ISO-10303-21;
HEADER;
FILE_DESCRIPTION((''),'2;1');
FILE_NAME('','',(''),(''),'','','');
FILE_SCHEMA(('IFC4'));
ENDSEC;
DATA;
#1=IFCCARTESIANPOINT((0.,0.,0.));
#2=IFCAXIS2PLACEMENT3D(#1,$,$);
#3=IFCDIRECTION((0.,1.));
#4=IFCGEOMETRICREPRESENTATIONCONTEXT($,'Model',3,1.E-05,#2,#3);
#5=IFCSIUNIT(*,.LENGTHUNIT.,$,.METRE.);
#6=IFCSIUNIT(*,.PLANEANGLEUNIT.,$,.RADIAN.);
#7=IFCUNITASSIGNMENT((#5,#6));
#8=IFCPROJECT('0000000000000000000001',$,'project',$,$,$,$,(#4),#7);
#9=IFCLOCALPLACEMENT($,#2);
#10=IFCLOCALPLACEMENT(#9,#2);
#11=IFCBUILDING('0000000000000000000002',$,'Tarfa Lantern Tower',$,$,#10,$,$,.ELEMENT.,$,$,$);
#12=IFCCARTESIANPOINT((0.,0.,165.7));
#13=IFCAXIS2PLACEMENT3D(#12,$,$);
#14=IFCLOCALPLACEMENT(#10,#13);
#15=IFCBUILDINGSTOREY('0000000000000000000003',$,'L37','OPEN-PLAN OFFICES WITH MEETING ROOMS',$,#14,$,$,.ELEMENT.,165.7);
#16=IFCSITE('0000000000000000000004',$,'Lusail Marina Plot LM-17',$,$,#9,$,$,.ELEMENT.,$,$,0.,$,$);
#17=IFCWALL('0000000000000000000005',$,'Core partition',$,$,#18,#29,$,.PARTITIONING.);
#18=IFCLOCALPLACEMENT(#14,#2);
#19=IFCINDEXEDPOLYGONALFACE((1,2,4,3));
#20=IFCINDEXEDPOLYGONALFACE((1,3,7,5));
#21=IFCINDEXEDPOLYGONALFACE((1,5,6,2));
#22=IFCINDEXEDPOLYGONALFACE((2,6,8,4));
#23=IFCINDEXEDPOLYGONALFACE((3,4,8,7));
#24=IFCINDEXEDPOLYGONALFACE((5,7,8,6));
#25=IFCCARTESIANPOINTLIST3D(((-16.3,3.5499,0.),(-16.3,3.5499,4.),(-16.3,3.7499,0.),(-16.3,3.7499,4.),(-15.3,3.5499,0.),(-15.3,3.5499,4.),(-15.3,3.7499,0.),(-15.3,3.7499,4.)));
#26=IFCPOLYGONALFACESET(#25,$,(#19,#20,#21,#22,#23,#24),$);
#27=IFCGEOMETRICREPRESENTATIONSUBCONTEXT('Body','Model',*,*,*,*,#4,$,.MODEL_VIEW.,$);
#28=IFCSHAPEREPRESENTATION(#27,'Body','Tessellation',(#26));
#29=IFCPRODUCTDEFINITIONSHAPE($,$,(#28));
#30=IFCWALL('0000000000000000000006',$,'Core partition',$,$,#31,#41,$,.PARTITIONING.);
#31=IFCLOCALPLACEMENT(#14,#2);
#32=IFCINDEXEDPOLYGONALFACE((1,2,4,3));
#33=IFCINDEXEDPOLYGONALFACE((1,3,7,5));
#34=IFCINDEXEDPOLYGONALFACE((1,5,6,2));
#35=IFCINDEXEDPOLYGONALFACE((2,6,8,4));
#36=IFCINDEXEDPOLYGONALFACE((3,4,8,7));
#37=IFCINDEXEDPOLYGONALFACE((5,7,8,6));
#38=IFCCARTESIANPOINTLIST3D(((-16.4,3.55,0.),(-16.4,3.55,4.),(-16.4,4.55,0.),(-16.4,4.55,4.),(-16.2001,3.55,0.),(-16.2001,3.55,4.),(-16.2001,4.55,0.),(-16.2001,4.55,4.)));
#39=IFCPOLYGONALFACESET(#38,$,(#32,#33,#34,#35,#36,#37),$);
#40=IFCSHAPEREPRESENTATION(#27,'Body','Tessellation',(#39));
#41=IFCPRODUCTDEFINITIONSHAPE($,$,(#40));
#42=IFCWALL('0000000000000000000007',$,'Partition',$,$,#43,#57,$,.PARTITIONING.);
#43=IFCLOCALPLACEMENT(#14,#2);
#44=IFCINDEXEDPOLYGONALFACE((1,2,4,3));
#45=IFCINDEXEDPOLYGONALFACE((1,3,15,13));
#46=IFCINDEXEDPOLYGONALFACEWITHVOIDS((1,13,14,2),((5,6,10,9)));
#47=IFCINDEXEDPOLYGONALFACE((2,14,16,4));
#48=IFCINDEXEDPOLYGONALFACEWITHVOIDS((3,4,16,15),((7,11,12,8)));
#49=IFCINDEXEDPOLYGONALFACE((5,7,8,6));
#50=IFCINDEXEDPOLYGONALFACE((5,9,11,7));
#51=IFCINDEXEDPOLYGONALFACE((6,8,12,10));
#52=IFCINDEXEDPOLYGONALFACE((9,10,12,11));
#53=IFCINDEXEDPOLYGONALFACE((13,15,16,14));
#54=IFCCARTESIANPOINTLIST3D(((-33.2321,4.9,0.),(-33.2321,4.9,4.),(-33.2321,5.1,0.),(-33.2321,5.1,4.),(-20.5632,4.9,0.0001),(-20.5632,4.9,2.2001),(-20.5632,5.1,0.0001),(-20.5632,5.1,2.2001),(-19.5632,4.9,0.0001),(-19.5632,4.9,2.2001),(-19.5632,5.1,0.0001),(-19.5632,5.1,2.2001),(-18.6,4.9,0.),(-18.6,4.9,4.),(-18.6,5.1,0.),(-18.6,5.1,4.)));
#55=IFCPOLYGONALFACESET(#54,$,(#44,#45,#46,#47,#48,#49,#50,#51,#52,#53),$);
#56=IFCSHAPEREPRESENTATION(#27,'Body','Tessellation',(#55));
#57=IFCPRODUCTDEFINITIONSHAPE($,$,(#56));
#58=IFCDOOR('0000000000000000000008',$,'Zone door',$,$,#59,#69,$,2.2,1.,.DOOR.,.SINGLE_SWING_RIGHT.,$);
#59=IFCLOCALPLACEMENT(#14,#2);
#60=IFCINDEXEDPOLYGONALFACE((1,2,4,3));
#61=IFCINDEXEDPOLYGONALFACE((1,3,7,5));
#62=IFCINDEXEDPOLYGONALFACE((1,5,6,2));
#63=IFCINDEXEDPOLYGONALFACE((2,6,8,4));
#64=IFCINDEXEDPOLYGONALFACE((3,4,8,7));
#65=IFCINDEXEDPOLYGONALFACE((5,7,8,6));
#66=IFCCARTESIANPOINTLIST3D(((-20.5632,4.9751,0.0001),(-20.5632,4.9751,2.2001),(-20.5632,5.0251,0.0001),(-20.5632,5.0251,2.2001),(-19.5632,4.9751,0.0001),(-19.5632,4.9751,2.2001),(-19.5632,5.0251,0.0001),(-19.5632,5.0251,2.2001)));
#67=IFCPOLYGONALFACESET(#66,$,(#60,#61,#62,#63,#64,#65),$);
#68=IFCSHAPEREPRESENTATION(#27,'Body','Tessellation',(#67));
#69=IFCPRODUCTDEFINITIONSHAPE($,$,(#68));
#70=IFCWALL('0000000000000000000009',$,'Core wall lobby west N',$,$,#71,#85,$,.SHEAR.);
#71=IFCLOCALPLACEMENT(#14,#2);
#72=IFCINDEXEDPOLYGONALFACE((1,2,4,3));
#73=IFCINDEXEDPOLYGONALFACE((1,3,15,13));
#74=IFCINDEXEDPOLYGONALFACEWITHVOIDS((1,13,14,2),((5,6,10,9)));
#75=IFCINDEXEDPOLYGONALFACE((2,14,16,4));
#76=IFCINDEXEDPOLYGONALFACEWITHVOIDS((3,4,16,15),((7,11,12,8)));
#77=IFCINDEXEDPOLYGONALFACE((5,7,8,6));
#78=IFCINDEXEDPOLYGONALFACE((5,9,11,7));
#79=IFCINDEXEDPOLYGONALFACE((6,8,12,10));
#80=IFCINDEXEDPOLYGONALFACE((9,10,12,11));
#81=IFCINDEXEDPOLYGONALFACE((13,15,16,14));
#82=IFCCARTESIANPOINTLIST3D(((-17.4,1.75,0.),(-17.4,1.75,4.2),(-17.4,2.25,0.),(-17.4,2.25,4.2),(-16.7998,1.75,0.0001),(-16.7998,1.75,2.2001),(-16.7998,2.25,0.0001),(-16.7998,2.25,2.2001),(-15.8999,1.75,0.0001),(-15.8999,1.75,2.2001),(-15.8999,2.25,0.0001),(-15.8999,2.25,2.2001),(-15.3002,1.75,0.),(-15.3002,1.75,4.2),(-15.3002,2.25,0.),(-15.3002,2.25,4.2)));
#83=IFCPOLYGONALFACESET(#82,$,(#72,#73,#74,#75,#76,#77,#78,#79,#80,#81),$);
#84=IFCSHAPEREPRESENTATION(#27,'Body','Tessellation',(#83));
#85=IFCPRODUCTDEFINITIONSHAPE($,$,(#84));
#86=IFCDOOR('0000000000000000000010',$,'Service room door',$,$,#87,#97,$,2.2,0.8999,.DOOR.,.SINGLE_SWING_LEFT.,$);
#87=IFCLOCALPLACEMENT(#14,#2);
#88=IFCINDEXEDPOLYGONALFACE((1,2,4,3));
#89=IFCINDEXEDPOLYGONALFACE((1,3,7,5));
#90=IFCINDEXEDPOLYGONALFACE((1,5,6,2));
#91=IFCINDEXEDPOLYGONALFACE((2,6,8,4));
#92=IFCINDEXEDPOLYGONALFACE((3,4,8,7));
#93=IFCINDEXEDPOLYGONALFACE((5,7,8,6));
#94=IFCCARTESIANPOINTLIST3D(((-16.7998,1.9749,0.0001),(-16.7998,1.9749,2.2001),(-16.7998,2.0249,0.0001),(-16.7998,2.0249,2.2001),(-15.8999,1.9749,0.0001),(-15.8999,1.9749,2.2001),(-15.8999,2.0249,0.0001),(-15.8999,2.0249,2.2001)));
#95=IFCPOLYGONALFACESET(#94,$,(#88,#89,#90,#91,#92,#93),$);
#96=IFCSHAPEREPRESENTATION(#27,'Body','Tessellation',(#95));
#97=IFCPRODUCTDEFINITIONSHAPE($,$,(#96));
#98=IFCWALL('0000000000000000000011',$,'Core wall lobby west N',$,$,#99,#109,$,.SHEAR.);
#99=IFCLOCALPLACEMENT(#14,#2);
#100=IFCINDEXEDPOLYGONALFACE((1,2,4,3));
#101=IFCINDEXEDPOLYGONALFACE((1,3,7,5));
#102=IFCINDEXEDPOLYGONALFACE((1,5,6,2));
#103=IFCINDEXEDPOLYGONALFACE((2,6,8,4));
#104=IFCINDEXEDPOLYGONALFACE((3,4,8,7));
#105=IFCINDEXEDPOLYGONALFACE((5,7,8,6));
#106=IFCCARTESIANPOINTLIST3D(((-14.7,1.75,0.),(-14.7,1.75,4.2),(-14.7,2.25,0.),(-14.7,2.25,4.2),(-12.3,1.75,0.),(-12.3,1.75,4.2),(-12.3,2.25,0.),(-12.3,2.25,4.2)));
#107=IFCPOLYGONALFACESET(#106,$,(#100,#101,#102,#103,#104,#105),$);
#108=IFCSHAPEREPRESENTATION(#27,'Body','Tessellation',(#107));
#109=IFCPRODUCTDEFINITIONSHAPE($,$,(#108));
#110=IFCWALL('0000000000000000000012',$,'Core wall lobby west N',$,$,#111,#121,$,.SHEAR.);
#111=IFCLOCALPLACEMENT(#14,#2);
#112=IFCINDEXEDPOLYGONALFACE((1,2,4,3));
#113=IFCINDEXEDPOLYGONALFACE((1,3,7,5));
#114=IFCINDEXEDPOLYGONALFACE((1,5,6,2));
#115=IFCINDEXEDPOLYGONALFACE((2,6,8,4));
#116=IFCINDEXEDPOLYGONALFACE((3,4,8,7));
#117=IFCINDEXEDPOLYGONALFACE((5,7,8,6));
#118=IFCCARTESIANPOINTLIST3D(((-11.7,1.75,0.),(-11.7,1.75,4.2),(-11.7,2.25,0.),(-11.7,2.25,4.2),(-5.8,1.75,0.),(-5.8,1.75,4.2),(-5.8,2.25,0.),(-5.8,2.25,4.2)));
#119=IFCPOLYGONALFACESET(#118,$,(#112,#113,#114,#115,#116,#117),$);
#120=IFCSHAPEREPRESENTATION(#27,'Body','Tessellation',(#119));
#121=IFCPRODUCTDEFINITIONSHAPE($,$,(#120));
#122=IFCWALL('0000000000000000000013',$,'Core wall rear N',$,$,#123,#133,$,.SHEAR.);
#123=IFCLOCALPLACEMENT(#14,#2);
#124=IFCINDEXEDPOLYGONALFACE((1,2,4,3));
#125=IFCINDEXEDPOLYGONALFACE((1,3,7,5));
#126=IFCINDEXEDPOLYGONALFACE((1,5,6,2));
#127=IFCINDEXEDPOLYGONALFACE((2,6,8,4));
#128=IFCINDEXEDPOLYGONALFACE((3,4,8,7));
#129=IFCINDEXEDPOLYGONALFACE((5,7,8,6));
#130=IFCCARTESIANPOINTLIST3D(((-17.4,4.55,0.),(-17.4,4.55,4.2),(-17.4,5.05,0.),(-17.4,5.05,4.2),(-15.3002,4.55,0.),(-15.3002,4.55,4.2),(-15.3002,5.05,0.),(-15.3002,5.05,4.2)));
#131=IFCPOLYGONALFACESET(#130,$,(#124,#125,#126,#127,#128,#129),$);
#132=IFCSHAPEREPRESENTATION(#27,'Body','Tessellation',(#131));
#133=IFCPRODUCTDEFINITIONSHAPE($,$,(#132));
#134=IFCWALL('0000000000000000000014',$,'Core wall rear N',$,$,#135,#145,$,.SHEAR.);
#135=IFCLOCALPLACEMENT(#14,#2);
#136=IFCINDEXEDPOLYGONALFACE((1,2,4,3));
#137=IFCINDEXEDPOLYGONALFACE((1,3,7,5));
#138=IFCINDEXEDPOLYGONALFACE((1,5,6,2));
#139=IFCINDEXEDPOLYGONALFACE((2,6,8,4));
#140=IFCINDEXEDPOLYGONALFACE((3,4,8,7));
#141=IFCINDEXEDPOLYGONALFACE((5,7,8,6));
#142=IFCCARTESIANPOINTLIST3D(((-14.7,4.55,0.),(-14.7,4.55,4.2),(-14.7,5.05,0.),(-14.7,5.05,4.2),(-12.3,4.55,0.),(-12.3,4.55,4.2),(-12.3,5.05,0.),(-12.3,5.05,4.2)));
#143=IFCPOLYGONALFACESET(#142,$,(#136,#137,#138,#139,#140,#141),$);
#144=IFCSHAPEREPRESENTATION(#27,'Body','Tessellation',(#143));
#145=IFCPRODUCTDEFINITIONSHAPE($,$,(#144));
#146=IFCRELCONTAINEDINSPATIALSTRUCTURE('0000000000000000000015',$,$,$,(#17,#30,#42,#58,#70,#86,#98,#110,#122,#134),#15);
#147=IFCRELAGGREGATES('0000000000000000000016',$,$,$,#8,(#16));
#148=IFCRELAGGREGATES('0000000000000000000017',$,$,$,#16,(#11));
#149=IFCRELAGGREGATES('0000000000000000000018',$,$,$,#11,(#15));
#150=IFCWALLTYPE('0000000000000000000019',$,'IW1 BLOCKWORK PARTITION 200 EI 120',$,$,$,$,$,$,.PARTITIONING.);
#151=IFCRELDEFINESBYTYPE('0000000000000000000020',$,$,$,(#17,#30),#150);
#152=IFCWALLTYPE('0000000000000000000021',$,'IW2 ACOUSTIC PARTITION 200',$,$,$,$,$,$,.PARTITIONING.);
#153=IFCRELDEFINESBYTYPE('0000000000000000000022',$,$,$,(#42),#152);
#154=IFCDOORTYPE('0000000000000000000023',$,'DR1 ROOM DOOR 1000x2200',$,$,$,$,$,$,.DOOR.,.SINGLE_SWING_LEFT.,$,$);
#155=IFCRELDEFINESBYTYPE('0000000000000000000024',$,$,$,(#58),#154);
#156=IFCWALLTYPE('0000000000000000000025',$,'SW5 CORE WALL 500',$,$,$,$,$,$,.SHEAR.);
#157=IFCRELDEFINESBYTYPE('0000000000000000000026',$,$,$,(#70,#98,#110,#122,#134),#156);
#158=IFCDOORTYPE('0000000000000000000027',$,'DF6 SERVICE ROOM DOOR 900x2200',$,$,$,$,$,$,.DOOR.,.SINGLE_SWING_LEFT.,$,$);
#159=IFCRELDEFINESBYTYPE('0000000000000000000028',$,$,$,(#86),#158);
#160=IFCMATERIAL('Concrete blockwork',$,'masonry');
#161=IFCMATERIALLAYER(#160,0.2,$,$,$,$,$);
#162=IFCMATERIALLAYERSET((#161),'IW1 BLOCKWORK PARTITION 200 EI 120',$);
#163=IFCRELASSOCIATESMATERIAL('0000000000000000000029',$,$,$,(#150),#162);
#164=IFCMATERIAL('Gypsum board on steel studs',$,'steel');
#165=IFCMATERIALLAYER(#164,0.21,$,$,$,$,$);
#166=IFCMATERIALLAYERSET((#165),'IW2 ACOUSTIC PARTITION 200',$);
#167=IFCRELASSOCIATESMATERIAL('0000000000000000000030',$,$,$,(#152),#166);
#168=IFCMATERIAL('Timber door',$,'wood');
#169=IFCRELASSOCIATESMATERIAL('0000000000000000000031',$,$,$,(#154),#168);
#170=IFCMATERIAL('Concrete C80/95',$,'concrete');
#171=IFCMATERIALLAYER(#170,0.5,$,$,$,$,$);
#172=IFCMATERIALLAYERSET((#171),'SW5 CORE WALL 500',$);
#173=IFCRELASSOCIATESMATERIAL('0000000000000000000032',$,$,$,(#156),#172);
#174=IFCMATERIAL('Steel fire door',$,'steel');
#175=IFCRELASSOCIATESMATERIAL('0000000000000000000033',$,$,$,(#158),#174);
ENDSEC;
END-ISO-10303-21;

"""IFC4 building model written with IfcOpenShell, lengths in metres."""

from ifc_helpers import new_model, si_unit, direction, frame, frame_2d, origin, place, context, subcontext, project, spatial, rectangle, extrude, material, layer, layer_set, type_object, element, fill, save


model = new_model("IFC4")

# Units and contexts
model_context = context("Model", 3, precision=1e-05, world=origin(), true_north=direction((0.0, 1.0)))
body_context = subcontext(model_context, "Body", "Model", "MODEL_VIEW")
ifc_project = project(units=[si_unit("LENGTHUNIT", "METRE"), si_unit("PLANEANGLEUNIT", "RADIAN")], contexts=[model_context])

# Site, building, storey
site_placement = place(None, origin())
site = spatial("IfcSite", under=ifc_project, at=site_placement, Name="Lusail Marina Plot LM-17", CompositionType="ELEMENT", RefElevation=0.0)
building_placement = place(site_placement, origin())
building = spatial("IfcBuilding", under=site, at=building_placement, Name="Tarfa Lantern Tower", CompositionType="ELEMENT")
storey_placement = place(building_placement, frame((0.0, 0.0, 165.7)))
storey = spatial("IfcBuildingStorey", under=building, at=storey_placement, Name="L37", Description="OPEN-PLAN OFFICES WITH MEETING ROOMS", CompositionType="ELEMENT", Elevation=165.7)

# Walls
ifc_material_1 = material(Name="Concrete blockwork", Category="masonry")
ifc_layer_1 = layer(ifc_material_1, 0.2)
ifc_layer_set_1 = layer_set([ifc_layer_1], Name="IW1 BLOCKWORK PARTITION 200 EI 120")
wall_type_1 = type_object("IfcWallType", Name="IW1 BLOCKWORK PARTITION 200 EI 120", PredefinedType="PARTITIONING", material=ifc_layer_set_1)
for number, where, z_axis, x_axis, name in (
    (1, (-16.3, 3.6499, 0.0), (0.0, 0.0, 1.0), (1.0, 0.0, 0.0), "Core partition"),
    (2, (-16.3, 3.55, 0.0), (0.0, 0.0, 1.0), (0.0, 1.0, 0.0), "Core partition"),
):
    element("IfcWall", number, at=place(storey_placement, frame(where, z_axis=z_axis, x_axis=x_axis)), inside=storey, type_object=wall_type_1, Name=name, PredefinedType="PARTITIONING", context=body_context, shape_type="SweptSolid", body=[
        extrude(rectangle(XDim=1.0, YDim=0.2, at=frame_2d((0.5, 0.0))), origin(), (0.0, 0.0, 1.0), 4.0),
    ])

# Walls, openings, doors
ifc_material_2 = material(Name="Gypsum board on steel studs", Category="steel")
ifc_layer_2 = layer(ifc_material_2, 0.21)
ifc_layer_set_2 = layer_set([ifc_layer_2], Name="IW2 ACOUSTIC PARTITION 200")
wall_type_2 = type_object("IfcWallType", Name="IW2 ACOUSTIC PARTITION 200", PredefinedType="PARTITIONING", material=ifc_layer_set_2)
wall_1_placement = place(storey_placement, frame((-18.6001, 5.0, 0.0), z_axis=(0.0, 0.0, 1.0), x_axis=(-1.0, 0.0, 0.0)))
wall_1 = element("IfcWall", 3, at=wall_1_placement, inside=storey, type_object=wall_type_2, Name="Partition", PredefinedType="PARTITIONING", context=body_context, shape_type="SweptSolid", body=[
    extrude(rectangle(XDim=14.6321, YDim=0.2, at=frame_2d((7.3159, 0.0))), origin(), (0.0, 0.0, 1.0), 4.0),
])
opening_1_placement = place(wall_1_placement, frame((0.9631, 0.0, 0.0)))
opening_1 = element("IfcOpeningElement", 4, at=opening_1_placement, cuts=wall_1, PredefinedType="OPENING", context=body_context, shape_type="SweptSolid", body=[
    extrude(rectangle(XDim=1.0, YDim=2.2, at=frame_2d((0.5, 1.1001))), frame((0.0, 0.1099, 0.0), z_axis=(0.0, -1.0, 0.0), x_axis=(1.0, 0.0, 0.0)), (0.0, 0.0, 1.0), 0.22),
])
ifc_material_3 = material(Name="Timber door", Category="wood")
door_type_1 = type_object("IfcDoorType", Name="DR1 ROOM DOOR 1000x2200", OperationType="SINGLE_SWING_LEFT", PredefinedType="DOOR", material=ifc_material_3)
door_1_placement = place(opening_1_placement, origin())
door_1 = element("IfcDoor", 5, at=door_1_placement, inside=storey, type_object=door_type_1, Name="Zone door", OperationType="SINGLE_SWING_RIGHT", OverallHeight=2.2, OverallWidth=1.0, PredefinedType="DOOR", context=body_context, shape_type="SweptSolid", body=[
    extrude(rectangle(XDim=1.0, YDim=2.2, at=frame_2d((0.5, 1.1001))), frame((0.0, 0.0249, 0.0), z_axis=(0.0, -1.0, 0.0), x_axis=(1.0, 0.0, 0.0)), (0.0, 0.0, 1.0), 0.05),
])
fill(opening_1, door_1)
ifc_material_4 = material(Name="Concrete C80/95", Category="concrete")
ifc_material_5 = material(Name="Steel fire door", Category="steel")
ifc_layer_3 = layer(ifc_material_4, 0.5)
ifc_layer_set_3 = layer_set([ifc_layer_3], Name="SW5 CORE WALL 500")
wall_type_3 = type_object("IfcWallType", Name="SW5 CORE WALL 500", PredefinedType="SHEAR", material=ifc_layer_set_3)
wall_2_placement = place(storey_placement, frame((-17.3999, 2.0, 0.0), z_axis=(0.0, 0.0, 1.0), x_axis=(1.0, 0.0, 0.0)))
wall_2 = element("IfcWall", 6, at=wall_2_placement, inside=storey, type_object=wall_type_3, Name="Core wall lobby west N", PredefinedType="SHEAR", context=body_context, shape_type="SweptSolid", body=[
    extrude(rectangle(XDim=2.0999, YDim=0.5, at=frame_2d((1.0498, 0.0))), origin(), (0.0, 0.0, 1.0), 4.2),
])
opening_2_placement = place(wall_2_placement, frame((0.6001, 0.0, 0.0)))
opening_2 = element("IfcOpeningElement", 7, at=opening_2_placement, cuts=wall_2, PredefinedType="OPENING", context=body_context, shape_type="SweptSolid", body=[
    extrude(rectangle(XDim=0.8999, YDim=2.2, at=frame_2d((0.45, 1.1001))), frame((0.0, 0.26, 0.0), z_axis=(0.0, -1.0, 0.0), x_axis=(1.0, 0.0, 0.0)), (0.0, 0.0, 1.0), 0.52),
])
door_type_2 = type_object("IfcDoorType", Name="DF6 SERVICE ROOM DOOR 900x2200", OperationType="SINGLE_SWING_LEFT", PredefinedType="DOOR", material=ifc_material_5)
door_2_placement = place(opening_2_placement, origin())
door_2 = element("IfcDoor", 8, at=door_2_placement, inside=storey, type_object=door_type_2, Name="Service room door", OperationType="SINGLE_SWING_LEFT", OverallHeight=2.2, OverallWidth=0.8999, PredefinedType="DOOR", context=body_context, shape_type="SweptSolid", body=[
    extrude(rectangle(XDim=0.8999, YDim=2.2, at=frame_2d((0.45, 1.1001))), frame((0.0, 0.0249, 0.0), z_axis=(0.0, -1.0, 0.0), x_axis=(1.0, 0.0, 0.0)), (0.0, 0.0, 1.0), 0.05),
])
fill(opening_2, door_2)

# Walls
wall_3_placement = place(storey_placement, frame((-14.7, 2.0, 0.0), z_axis=(0.0, 0.0, 1.0), x_axis=(1.0, 0.0, 0.0)))
element("IfcWall", 9, at=wall_3_placement, inside=storey, type_object=wall_type_3, Name="Core wall lobby west N", PredefinedType="SHEAR", context=body_context, shape_type="SweptSolid", body=[
    extrude(rectangle(XDim=2.3999, YDim=0.5, at=frame_2d((1.2, 0.0))), origin(), (0.0, 0.0, 1.0), 4.2),
])
wall_4_placement = place(storey_placement, frame((-11.7, 2.0, 0.0), z_axis=(0.0, 0.0, 1.0), x_axis=(1.0, 0.0, 0.0)))
element("IfcWall", 10, at=wall_4_placement, inside=storey, type_object=wall_type_3, Name="Core wall lobby west N", PredefinedType="SHEAR", context=body_context, shape_type="SweptSolid", body=[
    extrude(rectangle(XDim=5.8999, YDim=0.5, at=frame_2d((2.95, 0.0))), origin(), (0.0, 0.0, 1.0), 4.2),
])
wall_5_placement = place(storey_placement, frame((-17.3999, 4.8, 0.0), z_axis=(0.0, 0.0, 1.0), x_axis=(1.0, 0.0, 0.0)))
element("IfcWall", 11, at=wall_5_placement, inside=storey, type_object=wall_type_3, Name="Core wall rear N", PredefinedType="SHEAR", context=body_context, shape_type="SweptSolid", body=[
    extrude(rectangle(XDim=2.0999, YDim=0.5, at=frame_2d((1.0498, 0.0))), origin(), (0.0, 0.0, 1.0), 4.2),
])
wall_6_placement = place(storey_placement, frame((-14.7, 4.8, 0.0), z_axis=(0.0, 0.0, 1.0), x_axis=(1.0, 0.0, 0.0)))
element("IfcWall", 12, at=wall_6_placement, inside=storey, type_object=wall_type_3, Name="Core wall rear N", PredefinedType="SHEAR", context=body_context, shape_type="SweptSolid", body=[
    extrude(rectangle(XDim=2.3999, YDim=0.5, at=frame_2d((1.2, 0.0))), origin(), (0.0, 0.0, 1.0), 4.2),
])

save(model, "model.ifc")
